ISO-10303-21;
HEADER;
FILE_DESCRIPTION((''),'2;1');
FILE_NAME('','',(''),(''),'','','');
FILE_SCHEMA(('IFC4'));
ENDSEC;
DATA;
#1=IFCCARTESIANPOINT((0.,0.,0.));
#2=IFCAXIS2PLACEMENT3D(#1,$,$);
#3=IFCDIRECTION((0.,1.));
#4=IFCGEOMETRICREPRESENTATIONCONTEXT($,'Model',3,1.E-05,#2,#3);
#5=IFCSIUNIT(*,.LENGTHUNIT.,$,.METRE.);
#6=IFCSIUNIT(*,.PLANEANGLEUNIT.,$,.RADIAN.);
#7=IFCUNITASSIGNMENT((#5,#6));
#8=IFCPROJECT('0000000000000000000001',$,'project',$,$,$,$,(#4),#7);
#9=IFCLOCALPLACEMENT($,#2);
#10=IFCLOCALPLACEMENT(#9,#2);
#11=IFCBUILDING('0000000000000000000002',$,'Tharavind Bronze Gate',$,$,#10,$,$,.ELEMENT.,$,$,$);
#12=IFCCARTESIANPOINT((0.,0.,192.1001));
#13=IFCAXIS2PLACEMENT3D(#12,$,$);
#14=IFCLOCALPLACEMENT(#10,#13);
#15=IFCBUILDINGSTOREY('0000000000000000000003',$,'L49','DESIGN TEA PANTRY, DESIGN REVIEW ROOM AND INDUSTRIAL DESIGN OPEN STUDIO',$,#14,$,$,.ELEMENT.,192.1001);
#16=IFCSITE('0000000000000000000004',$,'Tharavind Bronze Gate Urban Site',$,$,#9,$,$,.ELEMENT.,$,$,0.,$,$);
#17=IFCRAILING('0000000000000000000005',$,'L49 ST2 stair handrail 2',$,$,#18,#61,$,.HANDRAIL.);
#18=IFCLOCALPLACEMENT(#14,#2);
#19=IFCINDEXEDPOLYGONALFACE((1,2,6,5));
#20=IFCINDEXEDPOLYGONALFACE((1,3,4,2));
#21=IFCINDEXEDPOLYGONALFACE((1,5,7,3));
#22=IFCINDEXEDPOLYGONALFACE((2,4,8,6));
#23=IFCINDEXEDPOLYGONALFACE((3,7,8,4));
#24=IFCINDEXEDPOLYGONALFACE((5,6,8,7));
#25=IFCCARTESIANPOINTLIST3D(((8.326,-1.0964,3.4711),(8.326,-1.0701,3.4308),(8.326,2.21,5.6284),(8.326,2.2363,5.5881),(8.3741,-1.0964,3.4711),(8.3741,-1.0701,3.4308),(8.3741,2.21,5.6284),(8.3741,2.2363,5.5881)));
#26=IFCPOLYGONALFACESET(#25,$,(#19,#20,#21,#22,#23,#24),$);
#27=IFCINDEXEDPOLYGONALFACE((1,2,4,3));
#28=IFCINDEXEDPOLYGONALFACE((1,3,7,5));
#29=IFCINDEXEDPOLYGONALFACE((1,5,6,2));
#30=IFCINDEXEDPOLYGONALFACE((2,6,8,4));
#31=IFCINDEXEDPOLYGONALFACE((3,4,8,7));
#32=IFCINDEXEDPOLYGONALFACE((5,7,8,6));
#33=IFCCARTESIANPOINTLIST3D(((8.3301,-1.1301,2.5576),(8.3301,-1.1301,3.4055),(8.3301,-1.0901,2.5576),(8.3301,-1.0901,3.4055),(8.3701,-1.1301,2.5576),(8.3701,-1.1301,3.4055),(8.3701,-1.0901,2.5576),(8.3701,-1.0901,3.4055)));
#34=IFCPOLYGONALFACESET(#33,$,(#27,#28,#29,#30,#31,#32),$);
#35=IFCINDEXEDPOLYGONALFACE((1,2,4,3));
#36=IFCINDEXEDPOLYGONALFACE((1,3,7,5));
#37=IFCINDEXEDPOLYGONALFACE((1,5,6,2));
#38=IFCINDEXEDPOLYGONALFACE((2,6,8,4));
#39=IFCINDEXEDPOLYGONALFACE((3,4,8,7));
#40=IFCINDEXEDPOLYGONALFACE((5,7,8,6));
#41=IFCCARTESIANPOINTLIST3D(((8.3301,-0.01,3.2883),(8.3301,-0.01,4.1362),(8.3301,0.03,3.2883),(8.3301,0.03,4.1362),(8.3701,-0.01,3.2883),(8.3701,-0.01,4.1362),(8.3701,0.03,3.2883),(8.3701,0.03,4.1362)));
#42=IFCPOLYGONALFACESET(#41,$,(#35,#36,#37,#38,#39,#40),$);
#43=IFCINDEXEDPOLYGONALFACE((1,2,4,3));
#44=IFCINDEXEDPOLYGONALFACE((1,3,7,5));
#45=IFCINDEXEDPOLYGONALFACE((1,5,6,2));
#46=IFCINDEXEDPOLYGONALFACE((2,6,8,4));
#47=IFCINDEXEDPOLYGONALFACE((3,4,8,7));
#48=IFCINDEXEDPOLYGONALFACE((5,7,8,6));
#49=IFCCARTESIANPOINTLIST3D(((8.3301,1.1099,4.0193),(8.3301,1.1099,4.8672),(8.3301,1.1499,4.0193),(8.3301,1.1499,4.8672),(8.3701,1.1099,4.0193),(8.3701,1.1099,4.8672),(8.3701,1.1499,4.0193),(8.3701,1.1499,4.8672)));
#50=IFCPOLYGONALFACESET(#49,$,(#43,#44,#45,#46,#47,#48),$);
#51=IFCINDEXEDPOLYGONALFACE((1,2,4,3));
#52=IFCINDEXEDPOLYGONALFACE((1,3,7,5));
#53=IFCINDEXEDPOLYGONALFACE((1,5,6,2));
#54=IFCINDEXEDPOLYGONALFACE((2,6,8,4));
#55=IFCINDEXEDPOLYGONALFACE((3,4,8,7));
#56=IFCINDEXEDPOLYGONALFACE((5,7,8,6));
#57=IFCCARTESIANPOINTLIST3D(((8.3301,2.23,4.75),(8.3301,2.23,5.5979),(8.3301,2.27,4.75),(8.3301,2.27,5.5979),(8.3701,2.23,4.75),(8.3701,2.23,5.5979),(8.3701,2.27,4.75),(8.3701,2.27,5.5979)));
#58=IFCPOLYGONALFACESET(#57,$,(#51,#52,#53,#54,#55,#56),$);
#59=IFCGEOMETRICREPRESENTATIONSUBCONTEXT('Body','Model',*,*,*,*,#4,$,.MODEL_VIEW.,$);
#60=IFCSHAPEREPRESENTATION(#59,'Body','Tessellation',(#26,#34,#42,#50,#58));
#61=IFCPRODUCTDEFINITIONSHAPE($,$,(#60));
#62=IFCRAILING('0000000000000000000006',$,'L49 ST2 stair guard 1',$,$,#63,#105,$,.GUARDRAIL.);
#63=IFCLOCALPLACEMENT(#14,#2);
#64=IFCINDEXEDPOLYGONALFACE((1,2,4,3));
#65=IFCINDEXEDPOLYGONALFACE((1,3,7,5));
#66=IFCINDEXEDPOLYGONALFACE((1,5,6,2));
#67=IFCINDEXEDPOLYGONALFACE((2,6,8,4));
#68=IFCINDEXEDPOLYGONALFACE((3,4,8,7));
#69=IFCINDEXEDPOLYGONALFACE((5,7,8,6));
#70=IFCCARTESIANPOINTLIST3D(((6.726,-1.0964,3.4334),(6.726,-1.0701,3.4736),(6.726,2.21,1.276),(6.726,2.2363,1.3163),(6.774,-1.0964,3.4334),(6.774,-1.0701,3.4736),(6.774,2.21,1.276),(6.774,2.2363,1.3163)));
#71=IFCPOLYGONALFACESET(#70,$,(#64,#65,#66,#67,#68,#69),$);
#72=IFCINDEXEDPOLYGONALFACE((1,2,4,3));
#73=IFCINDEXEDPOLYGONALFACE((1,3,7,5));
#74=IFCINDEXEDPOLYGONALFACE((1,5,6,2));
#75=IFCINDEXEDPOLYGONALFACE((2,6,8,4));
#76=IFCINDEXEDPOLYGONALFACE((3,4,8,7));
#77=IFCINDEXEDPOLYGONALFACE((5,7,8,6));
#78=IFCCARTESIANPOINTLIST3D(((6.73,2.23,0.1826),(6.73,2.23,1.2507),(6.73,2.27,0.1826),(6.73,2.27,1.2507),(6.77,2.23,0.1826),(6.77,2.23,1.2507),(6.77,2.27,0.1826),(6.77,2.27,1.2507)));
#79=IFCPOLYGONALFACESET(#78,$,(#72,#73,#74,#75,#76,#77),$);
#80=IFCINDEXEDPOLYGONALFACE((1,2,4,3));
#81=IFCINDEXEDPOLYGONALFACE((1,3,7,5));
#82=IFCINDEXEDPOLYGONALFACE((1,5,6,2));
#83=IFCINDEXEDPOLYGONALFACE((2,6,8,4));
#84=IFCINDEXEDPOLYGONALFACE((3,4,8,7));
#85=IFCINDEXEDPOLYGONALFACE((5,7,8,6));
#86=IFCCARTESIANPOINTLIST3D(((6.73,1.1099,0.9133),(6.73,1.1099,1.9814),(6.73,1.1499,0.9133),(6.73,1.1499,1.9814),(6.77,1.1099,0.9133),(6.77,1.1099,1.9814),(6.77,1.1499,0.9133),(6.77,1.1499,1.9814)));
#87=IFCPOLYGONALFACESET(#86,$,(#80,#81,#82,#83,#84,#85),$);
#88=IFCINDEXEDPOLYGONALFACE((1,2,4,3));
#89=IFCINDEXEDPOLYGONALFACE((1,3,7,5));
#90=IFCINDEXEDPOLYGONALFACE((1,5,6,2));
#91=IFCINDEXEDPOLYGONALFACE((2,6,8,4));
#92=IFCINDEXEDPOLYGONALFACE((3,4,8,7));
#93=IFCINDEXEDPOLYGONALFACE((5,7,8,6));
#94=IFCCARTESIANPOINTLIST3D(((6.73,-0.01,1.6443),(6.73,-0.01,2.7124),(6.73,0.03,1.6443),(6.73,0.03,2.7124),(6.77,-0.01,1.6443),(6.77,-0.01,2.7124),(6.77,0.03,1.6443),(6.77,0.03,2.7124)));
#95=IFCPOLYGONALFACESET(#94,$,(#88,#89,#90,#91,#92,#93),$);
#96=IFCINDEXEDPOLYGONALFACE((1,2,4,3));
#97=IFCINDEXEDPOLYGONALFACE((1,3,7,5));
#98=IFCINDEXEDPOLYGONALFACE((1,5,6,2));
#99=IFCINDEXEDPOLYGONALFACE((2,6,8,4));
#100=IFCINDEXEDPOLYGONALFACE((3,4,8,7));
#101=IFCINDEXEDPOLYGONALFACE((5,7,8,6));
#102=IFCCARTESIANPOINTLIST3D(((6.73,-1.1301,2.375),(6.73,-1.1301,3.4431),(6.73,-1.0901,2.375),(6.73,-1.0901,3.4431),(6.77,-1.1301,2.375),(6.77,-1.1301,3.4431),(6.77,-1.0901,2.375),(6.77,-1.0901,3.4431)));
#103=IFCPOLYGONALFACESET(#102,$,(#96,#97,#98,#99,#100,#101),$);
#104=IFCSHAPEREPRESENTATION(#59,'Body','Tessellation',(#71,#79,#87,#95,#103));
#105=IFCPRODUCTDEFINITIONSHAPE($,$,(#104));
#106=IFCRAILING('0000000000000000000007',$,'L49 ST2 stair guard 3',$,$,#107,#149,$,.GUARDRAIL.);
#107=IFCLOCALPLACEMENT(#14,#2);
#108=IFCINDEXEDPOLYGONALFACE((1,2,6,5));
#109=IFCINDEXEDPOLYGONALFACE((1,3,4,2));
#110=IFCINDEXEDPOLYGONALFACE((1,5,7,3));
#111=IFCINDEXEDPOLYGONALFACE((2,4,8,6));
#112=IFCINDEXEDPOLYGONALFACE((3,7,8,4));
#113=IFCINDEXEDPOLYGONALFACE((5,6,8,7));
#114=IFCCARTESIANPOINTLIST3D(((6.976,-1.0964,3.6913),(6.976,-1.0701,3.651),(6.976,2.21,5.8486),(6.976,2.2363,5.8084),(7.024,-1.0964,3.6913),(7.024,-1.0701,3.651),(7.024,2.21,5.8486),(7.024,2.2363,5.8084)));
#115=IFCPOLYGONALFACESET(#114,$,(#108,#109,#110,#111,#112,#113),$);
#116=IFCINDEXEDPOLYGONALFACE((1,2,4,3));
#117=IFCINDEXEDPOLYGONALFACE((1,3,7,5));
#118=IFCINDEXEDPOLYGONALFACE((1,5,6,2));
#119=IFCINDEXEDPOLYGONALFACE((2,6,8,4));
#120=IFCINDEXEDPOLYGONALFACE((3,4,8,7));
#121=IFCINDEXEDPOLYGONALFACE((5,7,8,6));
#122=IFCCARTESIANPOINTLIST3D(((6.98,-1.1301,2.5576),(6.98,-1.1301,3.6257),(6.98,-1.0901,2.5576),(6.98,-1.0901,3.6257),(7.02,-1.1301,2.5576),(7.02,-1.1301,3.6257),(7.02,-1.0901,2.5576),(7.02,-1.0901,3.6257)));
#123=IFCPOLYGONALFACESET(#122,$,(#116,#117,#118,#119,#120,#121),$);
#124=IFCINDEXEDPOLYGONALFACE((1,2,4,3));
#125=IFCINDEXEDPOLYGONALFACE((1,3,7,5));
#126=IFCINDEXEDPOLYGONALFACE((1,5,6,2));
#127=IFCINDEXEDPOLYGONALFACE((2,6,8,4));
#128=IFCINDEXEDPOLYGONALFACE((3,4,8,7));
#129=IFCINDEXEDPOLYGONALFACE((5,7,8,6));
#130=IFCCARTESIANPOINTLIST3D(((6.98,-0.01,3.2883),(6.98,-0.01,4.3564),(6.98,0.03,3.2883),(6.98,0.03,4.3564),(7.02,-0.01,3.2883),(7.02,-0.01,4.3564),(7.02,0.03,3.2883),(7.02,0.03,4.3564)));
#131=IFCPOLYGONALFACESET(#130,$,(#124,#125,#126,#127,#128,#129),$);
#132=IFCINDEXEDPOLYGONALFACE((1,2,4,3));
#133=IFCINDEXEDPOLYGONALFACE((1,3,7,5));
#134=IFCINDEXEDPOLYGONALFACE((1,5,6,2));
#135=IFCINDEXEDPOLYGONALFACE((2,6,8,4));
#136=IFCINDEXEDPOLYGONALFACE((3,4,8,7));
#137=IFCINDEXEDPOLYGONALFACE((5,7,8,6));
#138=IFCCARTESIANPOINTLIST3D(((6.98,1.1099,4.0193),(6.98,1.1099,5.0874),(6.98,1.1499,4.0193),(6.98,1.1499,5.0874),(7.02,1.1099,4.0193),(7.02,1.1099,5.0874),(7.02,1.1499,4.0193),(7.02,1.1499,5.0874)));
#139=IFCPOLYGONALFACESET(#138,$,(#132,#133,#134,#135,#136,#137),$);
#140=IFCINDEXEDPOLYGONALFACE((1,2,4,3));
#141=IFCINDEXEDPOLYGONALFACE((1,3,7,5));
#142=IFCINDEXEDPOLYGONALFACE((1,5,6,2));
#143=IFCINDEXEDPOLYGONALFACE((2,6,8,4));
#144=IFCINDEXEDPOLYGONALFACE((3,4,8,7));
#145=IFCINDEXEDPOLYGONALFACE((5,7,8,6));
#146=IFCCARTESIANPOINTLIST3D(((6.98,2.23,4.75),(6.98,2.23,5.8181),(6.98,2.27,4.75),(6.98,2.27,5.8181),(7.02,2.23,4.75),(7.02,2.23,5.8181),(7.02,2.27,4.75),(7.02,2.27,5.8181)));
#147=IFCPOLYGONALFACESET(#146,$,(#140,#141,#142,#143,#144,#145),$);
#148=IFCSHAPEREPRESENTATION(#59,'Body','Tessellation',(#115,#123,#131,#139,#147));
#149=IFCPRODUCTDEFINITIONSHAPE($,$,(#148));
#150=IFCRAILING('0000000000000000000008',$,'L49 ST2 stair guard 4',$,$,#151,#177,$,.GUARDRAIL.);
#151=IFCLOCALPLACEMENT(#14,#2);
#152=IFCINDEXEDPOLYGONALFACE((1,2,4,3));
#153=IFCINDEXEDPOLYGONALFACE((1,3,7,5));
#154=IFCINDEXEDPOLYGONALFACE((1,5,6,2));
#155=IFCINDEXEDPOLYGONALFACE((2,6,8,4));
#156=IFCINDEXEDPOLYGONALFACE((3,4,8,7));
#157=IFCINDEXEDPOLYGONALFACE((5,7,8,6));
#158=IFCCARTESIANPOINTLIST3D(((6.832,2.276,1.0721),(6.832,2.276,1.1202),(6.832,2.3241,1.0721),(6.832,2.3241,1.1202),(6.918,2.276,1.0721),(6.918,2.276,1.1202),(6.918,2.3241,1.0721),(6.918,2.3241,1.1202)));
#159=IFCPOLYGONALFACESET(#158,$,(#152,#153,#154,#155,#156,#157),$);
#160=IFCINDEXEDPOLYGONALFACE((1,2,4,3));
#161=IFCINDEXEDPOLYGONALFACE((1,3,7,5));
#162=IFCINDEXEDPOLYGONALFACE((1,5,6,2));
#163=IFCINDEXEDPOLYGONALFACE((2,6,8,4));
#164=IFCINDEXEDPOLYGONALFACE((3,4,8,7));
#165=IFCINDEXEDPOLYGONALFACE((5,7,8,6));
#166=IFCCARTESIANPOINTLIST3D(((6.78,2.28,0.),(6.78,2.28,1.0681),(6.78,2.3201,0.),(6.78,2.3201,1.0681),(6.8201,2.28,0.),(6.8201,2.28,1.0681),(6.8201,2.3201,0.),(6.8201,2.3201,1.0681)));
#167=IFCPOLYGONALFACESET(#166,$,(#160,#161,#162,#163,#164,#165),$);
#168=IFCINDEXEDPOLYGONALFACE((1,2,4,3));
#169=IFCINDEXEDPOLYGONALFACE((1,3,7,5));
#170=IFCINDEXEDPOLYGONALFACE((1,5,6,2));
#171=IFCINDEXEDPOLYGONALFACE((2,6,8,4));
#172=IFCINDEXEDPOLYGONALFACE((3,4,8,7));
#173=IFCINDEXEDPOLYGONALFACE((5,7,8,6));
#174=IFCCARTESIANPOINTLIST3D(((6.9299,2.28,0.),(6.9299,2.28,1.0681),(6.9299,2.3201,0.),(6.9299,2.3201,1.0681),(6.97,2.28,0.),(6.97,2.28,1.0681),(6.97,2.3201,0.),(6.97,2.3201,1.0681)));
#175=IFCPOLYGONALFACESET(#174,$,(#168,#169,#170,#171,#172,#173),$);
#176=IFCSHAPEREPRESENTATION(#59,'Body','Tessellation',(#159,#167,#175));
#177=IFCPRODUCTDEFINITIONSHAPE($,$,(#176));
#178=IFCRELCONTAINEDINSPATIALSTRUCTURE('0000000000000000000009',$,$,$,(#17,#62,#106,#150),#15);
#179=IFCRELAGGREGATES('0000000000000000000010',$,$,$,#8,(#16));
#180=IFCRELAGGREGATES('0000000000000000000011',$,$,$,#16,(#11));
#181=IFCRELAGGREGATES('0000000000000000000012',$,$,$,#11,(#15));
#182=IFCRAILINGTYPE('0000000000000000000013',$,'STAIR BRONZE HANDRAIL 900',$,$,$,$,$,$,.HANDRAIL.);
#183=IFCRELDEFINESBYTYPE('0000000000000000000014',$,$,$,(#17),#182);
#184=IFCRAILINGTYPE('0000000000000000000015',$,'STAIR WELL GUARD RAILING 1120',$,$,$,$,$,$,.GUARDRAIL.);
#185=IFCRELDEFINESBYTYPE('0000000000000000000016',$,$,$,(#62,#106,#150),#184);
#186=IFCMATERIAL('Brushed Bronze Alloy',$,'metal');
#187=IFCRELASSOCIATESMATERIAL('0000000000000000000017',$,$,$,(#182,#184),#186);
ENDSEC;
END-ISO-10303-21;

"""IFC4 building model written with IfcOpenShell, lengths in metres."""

from ifc_helpers import new_model, si_unit, direction, frame, origin, origin_2d, place, context, subcontext, project, spatial, rectangle, extrude, material, type_object, element, save


model = new_model("IFC4")

# Units and contexts
model_context = context("Model", 3, precision=1e-05, world=origin(), true_north=direction((0.0, 1.0)))
body_context = subcontext(model_context, "Body", "Model", "MODEL_VIEW")
ifc_project = project(units=[si_unit("LENGTHUNIT", "METRE"), si_unit("PLANEANGLEUNIT", "RADIAN")], contexts=[model_context])

# Site, building, storey
site_placement = place(None, origin())
site = spatial("IfcSite", under=ifc_project, at=site_placement, Name="Tharavind Bronze Gate Urban Site", CompositionType="ELEMENT", RefElevation=0.0)
building_placement = place(site_placement, origin())
building = spatial("IfcBuilding", under=site, at=building_placement, Name="Tharavind Bronze Gate", CompositionType="ELEMENT")
storey_placement = place(building_placement, frame((0.0, 0.0, 192.1001)))
storey = spatial("IfcBuildingStorey", under=building, at=storey_placement, Name="L49", Description="DESIGN TEA PANTRY, DESIGN REVIEW ROOM AND INDUSTRIAL DESIGN OPEN STUDIO", CompositionType="ELEMENT", Elevation=192.1001)

# Railings
ifc_material_1 = material(Name="Brushed Bronze Alloy", Category="metal")
railing_type_1 = type_object("IfcRailingType", Name="STAIR BRONZE HANDRAIL 900", PredefinedType="HANDRAIL", material=ifc_material_1)
railing_1_placement = place(storey_placement, frame((8.3501, -1.1101, 2.5576)))
element("IfcRailing", 1, at=railing_1_placement, inside=storey, type_object=railing_type_1, Name="L49 ST2 stair handrail 2", PredefinedType="HANDRAIL", context=body_context, shape_type="SweptSolid", body=[
    extrude(rectangle(XDim=0.0481, YDim=0.0481, at=origin_2d()), frame((0.0, 0.0269, 0.8933), z_axis=(0.0, 0.837496, 0.546444), x_axis=(-1.0, 0.0, 0.0)), (0.0, 0.0, 1.0), 3.948),
    extrude(rectangle(XDim=0.04, YDim=0.04, at=origin_2d()), origin(), (0.0, 0.0, 1.0), 0.8479),
    extrude(rectangle(XDim=0.04, YDim=0.04, at=origin_2d()), frame((0.0, 1.1201, 0.7307)), (0.0, 0.0, 1.0), 0.8479),
    extrude(rectangle(XDim=0.04, YDim=0.04, at=origin_2d()), frame((0.0, 2.24, 1.4617)), (0.0, 0.0, 1.0), 0.8479),
    extrude(rectangle(XDim=0.04, YDim=0.04, at=origin_2d()), frame((0.0, 3.3601, 2.1924)), (0.0, 0.0, 1.0), 0.8479),
])
railing_type_2 = type_object("IfcRailingType", Name="STAIR WELL GUARD RAILING 1120", PredefinedType="GUARDRAIL", material=ifc_material_1)
railing_2_placement = place(storey_placement, frame((6.75, 2.25, 0.1826)))
element("IfcRailing", 2, at=railing_2_placement, inside=storey, type_object=railing_type_2, Name="L49 ST2 stair guard 1", PredefinedType="GUARDRAIL", context=body_context, shape_type="SweptSolid", body=[
    extrude(rectangle(XDim=0.0481, YDim=0.0481, at=origin_2d()), frame((0.0, -0.0269, 1.1135), z_axis=(0.0, -0.837496, 0.546444), x_axis=(1.0, 0.0, 0.0)), (0.0, 0.0, 1.0), 3.948),
    extrude(rectangle(XDim=0.04, YDim=0.04, at=origin_2d()), origin(), (0.0, 0.0, 1.0), 1.0681),
    extrude(rectangle(XDim=0.04, YDim=0.04, at=origin_2d()), frame((0.0, -1.1201, 0.7307)), (0.0, 0.0, 1.0), 1.0681),
    extrude(rectangle(XDim=0.04, YDim=0.04, at=origin_2d()), frame((0.0, -2.24, 1.4617)), (0.0, 0.0, 1.0), 1.0681),
    extrude(rectangle(XDim=0.04, YDim=0.04, at=origin_2d()), frame((0.0, -3.3601, 2.1924)), (0.0, 0.0, 1.0), 1.0681),
])
railing_3_placement = place(storey_placement, frame((7.0, -1.1101, 2.5576)))
element("IfcRailing", 3, at=railing_3_placement, inside=storey, type_object=railing_type_2, Name="L49 ST2 stair guard 3", PredefinedType="GUARDRAIL", context=body_context, shape_type="SweptSolid", body=[
    extrude(rectangle(XDim=0.0481, YDim=0.0481, at=origin_2d()), frame((0.0, 0.0269, 1.1135), z_axis=(0.0, 0.837496, 0.546444), x_axis=(-1.0, 0.0, 0.0)), (0.0, 0.0, 1.0), 3.948),
    extrude(rectangle(XDim=0.04, YDim=0.04, at=origin_2d()), origin(), (0.0, 0.0, 1.0), 1.0681),
    extrude(rectangle(XDim=0.04, YDim=0.04, at=origin_2d()), frame((0.0, 1.1201, 0.7307)), (0.0, 0.0, 1.0), 1.0681),
    extrude(rectangle(XDim=0.04, YDim=0.04, at=origin_2d()), frame((0.0, 2.24, 1.4617)), (0.0, 0.0, 1.0), 1.0681),
    extrude(rectangle(XDim=0.04, YDim=0.04, at=origin_2d()), frame((0.0, 3.3601, 2.1924)), (0.0, 0.0, 1.0), 1.0681),
])
railing_4_placement = place(storey_placement, frame((6.8, 2.3, 0.0)))
element("IfcRailing", 4, at=railing_4_placement, inside=storey, type_object=railing_type_2, Name="L49 ST2 stair guard 4", PredefinedType="GUARDRAIL", context=body_context, shape_type="SweptSolid", body=[
    extrude(rectangle(XDim=0.0481, YDim=0.0481, at=origin_2d()), frame((0.032, 0.0, 1.0962), z_axis=(1.0, 0.0, 0.0), x_axis=(0.0, 1.0, 0.0)), (0.0, 0.0, 1.0), 0.0859),
    extrude(rectangle(XDim=0.04, YDim=0.04, at=origin_2d()), origin(), (0.0, 0.0, 1.0), 1.0681),
    extrude(rectangle(XDim=0.04, YDim=0.04, at=origin_2d()), frame((0.1499, 0.0, 0.0)), (0.0, 0.0, 1.0), 1.0681),
])

save(model, "model.ifc")
